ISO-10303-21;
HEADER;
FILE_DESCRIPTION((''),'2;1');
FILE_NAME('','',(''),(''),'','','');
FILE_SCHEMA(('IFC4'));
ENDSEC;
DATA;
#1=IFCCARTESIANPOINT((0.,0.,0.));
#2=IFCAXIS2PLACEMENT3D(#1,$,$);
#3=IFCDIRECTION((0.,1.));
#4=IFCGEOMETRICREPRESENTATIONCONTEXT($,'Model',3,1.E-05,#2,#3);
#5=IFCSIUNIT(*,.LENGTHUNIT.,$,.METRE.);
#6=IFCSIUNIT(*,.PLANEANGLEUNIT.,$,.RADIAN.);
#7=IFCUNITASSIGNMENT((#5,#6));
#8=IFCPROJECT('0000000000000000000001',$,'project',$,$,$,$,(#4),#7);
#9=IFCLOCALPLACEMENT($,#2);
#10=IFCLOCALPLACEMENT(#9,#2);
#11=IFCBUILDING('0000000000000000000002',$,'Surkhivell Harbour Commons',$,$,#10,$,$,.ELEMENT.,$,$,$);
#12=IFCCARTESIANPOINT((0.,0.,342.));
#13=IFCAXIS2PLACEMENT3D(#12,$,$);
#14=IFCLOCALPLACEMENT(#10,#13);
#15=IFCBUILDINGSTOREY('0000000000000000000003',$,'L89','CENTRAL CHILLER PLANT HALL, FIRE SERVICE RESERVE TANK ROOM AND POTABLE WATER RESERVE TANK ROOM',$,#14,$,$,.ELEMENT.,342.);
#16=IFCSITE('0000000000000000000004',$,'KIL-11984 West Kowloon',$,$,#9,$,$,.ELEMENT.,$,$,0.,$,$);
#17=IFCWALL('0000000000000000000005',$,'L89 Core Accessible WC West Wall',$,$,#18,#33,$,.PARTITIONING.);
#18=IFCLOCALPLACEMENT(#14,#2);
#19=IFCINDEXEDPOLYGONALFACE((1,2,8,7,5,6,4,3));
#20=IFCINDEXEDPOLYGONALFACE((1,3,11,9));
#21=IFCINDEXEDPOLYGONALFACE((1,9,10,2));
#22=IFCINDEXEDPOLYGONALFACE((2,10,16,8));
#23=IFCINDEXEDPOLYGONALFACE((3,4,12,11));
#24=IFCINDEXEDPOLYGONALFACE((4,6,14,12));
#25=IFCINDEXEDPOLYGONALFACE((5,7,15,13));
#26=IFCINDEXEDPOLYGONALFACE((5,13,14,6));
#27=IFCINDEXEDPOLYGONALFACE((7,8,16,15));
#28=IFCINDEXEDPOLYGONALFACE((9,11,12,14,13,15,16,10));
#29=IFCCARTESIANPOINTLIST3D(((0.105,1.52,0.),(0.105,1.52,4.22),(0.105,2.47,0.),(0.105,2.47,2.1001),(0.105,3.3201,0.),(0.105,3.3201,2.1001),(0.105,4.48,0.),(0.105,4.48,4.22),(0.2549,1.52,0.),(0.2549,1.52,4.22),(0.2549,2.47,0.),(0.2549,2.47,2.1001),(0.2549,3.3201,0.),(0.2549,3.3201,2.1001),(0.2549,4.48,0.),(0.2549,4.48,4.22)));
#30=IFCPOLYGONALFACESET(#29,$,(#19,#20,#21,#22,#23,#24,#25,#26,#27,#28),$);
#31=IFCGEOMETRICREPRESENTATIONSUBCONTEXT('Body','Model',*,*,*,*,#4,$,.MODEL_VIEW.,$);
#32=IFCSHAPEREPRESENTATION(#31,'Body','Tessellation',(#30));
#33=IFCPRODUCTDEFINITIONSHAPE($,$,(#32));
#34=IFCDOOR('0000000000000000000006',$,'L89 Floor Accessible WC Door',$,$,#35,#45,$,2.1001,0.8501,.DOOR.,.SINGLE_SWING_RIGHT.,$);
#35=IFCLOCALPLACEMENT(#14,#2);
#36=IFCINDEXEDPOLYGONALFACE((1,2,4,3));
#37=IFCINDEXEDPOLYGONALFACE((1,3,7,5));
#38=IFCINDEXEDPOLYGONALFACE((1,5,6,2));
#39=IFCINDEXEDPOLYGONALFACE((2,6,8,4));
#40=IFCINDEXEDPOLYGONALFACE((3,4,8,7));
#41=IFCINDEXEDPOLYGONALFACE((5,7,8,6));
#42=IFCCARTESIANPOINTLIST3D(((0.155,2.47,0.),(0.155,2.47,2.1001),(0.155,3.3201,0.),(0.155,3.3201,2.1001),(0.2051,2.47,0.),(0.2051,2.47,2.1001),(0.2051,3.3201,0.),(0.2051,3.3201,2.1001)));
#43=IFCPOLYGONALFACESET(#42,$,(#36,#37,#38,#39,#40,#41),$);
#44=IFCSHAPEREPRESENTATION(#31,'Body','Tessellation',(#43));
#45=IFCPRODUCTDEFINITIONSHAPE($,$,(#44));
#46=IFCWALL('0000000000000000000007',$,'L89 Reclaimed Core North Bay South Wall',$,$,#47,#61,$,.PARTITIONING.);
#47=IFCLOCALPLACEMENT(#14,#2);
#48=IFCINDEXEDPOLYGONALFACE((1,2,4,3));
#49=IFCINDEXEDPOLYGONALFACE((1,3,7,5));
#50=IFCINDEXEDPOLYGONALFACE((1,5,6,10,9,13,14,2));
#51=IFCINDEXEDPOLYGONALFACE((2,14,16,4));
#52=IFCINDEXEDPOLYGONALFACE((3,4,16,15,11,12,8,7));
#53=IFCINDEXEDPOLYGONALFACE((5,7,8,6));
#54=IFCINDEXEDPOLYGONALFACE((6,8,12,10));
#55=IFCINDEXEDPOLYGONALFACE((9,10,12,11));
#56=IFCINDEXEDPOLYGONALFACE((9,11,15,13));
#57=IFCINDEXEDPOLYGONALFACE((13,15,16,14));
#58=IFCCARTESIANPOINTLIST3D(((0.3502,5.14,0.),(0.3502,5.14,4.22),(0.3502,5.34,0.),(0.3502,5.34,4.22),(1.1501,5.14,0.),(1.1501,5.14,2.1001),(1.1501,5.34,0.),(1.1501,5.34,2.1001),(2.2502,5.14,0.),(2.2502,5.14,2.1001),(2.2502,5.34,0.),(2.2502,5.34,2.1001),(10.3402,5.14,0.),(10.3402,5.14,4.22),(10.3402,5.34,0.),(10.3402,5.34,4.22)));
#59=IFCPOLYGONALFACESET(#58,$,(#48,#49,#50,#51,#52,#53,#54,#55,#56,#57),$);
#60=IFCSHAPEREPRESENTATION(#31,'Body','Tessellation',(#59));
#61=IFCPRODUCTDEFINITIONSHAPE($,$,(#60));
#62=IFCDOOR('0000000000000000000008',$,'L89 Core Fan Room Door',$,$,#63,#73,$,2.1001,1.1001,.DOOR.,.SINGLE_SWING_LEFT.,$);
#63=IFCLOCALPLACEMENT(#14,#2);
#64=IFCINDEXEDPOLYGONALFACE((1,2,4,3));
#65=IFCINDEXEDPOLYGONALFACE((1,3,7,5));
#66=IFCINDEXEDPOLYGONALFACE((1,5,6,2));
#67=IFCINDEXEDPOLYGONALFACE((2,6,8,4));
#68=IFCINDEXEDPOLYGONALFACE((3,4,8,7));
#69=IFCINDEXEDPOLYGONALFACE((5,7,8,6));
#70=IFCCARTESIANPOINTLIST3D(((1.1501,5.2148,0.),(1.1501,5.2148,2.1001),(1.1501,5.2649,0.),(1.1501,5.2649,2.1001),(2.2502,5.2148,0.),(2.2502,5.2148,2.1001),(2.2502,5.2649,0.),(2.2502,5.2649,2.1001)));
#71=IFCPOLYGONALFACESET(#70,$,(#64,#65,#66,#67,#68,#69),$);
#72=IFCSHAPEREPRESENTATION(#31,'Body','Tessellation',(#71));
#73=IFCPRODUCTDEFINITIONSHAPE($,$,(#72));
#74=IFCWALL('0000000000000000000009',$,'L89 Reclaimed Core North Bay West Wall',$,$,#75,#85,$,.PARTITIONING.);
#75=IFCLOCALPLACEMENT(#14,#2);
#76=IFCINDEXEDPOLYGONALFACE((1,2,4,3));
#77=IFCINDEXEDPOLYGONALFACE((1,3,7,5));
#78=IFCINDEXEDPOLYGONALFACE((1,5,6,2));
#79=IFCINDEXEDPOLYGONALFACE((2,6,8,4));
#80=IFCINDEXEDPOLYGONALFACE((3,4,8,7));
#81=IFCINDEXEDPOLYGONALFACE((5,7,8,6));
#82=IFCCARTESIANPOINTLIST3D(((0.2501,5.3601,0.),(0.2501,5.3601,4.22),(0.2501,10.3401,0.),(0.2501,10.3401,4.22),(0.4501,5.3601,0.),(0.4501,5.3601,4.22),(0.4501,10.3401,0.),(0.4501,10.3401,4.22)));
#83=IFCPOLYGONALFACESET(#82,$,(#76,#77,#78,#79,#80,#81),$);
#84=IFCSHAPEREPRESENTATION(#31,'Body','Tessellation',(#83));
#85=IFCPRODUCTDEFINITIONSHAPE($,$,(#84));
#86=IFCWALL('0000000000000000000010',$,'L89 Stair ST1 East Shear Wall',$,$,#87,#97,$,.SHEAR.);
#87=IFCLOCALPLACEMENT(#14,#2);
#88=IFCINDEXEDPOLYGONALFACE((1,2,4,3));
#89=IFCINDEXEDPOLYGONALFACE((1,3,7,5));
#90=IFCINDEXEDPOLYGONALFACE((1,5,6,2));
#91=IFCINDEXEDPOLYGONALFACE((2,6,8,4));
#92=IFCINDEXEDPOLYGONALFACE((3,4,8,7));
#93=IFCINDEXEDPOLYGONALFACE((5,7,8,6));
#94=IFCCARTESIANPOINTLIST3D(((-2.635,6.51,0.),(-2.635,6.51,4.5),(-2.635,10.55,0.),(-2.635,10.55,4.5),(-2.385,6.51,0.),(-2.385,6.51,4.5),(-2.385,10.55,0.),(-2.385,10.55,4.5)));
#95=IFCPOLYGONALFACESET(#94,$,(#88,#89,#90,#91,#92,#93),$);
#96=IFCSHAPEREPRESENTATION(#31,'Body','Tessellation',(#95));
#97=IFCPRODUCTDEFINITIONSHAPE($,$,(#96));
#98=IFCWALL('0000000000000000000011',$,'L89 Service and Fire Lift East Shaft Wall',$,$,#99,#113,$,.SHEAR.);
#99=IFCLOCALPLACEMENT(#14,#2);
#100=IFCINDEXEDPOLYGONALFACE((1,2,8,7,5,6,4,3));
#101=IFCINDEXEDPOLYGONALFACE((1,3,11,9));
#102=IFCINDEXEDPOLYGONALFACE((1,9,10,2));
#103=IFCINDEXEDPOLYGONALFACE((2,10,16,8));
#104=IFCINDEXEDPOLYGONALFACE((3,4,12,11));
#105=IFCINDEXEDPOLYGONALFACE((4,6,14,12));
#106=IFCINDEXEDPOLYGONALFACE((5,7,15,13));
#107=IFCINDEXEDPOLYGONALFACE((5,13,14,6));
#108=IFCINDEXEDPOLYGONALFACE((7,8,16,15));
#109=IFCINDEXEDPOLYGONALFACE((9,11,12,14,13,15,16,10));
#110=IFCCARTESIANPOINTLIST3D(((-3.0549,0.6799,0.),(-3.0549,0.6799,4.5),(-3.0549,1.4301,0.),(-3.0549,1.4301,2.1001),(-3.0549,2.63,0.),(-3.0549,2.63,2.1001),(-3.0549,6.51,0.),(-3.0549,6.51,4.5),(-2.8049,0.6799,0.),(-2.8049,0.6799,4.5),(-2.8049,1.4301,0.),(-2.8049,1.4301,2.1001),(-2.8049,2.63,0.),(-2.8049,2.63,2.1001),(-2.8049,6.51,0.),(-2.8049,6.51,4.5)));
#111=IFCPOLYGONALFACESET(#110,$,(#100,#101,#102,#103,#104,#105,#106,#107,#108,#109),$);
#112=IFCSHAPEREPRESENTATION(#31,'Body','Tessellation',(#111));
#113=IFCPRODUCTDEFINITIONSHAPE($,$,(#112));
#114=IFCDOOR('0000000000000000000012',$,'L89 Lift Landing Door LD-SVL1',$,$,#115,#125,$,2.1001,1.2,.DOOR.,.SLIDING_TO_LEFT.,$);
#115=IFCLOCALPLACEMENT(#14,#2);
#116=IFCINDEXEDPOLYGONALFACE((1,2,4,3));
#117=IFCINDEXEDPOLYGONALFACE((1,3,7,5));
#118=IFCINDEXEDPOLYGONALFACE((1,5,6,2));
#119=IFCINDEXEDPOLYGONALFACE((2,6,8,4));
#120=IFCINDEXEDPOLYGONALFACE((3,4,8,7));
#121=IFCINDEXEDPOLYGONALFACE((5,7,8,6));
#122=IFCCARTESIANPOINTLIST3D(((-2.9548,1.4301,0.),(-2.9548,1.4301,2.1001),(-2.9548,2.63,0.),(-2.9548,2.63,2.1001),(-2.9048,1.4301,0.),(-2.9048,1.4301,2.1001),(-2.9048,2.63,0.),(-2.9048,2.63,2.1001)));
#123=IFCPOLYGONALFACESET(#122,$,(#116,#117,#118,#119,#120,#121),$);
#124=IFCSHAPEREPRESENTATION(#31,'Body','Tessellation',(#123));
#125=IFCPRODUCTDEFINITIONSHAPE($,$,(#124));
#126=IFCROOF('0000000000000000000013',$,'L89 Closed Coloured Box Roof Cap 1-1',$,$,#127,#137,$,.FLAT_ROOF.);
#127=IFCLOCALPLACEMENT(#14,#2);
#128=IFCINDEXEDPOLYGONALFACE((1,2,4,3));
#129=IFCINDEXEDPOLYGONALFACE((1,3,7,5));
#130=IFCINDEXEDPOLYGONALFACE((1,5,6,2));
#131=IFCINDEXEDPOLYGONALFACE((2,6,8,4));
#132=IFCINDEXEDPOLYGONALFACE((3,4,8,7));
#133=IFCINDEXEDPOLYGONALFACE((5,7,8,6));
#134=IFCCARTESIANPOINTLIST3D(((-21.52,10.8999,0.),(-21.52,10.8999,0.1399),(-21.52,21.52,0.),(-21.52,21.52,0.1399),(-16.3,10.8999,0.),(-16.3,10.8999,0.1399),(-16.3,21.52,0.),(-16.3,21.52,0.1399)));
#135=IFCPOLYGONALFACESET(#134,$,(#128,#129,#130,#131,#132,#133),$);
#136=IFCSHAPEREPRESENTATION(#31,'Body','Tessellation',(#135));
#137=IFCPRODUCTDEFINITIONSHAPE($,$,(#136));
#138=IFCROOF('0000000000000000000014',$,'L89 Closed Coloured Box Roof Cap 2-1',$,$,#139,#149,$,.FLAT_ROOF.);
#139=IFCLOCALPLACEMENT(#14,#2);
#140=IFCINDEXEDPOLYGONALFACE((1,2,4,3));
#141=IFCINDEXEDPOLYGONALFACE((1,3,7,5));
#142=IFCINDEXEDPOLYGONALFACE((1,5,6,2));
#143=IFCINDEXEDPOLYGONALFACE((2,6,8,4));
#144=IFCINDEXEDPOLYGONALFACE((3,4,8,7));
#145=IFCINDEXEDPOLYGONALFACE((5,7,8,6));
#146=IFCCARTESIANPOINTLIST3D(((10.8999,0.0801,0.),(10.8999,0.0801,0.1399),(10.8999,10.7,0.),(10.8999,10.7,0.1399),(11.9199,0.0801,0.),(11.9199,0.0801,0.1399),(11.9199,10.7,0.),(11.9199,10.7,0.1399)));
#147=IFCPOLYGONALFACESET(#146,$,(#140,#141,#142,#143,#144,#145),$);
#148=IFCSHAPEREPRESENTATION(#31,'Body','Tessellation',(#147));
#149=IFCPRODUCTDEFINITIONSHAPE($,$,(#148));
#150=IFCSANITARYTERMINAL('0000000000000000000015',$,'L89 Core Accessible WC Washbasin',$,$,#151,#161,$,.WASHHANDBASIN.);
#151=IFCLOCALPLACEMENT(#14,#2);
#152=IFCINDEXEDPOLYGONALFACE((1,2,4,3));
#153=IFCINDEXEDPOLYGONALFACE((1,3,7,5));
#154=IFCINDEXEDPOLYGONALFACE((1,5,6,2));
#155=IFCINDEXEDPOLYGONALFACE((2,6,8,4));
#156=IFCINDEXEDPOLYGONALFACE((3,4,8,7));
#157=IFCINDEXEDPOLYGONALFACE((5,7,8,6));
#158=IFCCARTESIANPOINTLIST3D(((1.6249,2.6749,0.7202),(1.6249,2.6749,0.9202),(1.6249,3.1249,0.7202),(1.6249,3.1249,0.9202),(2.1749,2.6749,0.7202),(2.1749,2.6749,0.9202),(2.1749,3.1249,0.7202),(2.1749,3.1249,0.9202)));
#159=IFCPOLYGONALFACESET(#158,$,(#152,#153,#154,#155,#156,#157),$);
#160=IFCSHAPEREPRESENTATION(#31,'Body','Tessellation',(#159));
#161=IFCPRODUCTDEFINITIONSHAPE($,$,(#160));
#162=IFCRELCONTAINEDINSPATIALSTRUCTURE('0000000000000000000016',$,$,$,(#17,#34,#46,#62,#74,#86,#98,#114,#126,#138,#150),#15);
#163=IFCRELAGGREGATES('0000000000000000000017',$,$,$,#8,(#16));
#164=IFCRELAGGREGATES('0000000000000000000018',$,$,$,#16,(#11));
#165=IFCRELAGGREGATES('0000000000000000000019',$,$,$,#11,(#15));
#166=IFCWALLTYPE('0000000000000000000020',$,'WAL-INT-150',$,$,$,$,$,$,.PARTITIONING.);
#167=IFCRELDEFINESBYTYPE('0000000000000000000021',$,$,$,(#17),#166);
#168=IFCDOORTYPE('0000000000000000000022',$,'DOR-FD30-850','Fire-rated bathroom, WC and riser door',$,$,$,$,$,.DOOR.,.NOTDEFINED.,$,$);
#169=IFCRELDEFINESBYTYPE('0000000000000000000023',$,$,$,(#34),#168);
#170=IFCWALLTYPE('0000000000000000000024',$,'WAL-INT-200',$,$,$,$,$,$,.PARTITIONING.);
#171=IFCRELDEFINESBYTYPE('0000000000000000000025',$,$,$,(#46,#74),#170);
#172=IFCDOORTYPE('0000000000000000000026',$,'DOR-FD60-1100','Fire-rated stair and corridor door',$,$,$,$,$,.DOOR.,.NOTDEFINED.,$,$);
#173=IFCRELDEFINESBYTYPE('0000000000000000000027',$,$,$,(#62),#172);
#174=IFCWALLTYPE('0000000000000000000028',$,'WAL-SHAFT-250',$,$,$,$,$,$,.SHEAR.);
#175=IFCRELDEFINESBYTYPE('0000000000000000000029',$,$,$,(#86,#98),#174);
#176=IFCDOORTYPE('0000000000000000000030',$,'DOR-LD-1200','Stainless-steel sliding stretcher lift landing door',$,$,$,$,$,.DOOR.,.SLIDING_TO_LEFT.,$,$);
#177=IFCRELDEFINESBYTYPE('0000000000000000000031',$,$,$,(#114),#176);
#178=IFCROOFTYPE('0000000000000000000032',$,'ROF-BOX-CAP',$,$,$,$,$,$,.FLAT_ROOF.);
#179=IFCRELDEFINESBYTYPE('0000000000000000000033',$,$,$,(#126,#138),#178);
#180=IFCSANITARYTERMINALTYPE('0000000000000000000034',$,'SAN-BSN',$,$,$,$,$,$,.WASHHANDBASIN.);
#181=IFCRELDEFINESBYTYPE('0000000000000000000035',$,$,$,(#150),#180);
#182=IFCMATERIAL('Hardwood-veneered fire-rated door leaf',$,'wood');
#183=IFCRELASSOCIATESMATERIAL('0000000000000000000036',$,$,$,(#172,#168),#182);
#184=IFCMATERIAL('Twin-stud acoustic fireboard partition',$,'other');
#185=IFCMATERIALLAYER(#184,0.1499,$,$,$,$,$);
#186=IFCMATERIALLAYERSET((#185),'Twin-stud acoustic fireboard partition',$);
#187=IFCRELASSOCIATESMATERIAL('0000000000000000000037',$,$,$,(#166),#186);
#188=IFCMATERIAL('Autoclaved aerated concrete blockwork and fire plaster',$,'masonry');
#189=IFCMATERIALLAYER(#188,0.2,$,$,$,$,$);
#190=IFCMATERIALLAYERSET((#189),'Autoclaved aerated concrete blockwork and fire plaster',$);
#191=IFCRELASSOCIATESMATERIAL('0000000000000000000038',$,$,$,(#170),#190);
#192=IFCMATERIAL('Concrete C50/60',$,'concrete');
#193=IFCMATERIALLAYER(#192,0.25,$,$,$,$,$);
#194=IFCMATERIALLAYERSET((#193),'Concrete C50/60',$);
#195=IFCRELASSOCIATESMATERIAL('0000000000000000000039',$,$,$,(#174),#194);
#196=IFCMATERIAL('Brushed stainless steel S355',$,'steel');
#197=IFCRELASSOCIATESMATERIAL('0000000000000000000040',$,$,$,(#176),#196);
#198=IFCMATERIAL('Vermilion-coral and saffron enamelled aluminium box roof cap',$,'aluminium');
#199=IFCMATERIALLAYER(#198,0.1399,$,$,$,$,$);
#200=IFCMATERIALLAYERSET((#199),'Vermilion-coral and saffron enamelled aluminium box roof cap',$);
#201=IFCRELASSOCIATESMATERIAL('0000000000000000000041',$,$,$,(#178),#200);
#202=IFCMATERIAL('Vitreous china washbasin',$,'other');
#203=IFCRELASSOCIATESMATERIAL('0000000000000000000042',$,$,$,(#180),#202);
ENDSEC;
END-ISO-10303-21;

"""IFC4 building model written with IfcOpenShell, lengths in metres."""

from ifc_helpers import new_model, si_unit, direction, frame, frame_2d, origin, origin_2d, place, context, subcontext, project, spatial, polyline, rectangle, outline, extrude, material, layer, layer_set, type_object, element, fill, save


model = new_model("IFC4")

# Units and contexts
model_context = context("Model", 3, precision=1e-05, world=origin(), true_north=direction((0.0, 1.0)))
body_context = subcontext(model_context, "Body", "Model", "MODEL_VIEW")
ifc_project = project(units=[si_unit("LENGTHUNIT", "METRE"), si_unit("PLANEANGLEUNIT", "RADIAN")], contexts=[model_context])

# Site, building, storey
site_placement = place(None, origin())
site = spatial("IfcSite", under=ifc_project, at=site_placement, Name="KIL-11984 West Kowloon", CompositionType="ELEMENT", RefElevation=0.0)
building_placement = place(site_placement, origin())
building = spatial("IfcBuilding", under=site, at=building_placement, Name="Surkhivell Harbour Commons", CompositionType="ELEMENT")
storey_placement = place(building_placement, frame((0.0, 0.0, 342.0)))
storey = spatial("IfcBuildingStorey", under=building, at=storey_placement, Name="L89", Description="CENTRAL CHILLER PLANT HALL, FIRE SERVICE RESERVE TANK ROOM AND POTABLE WATER RESERVE TANK ROOM", CompositionType="ELEMENT", Elevation=342.0)

# Shared definitions
ifc_material_1 = material(Name="Concrete C50/60", Category="concrete")
ifc_material_2 = material(Name="Hardwood-veneered fire-rated door leaf", Category="wood")
door_type_1 = type_object("IfcDoorType", Name="DOR-FD60-1100", Description="Fire-rated stair and corridor door", OperationType="NOTDEFINED", PredefinedType="DOOR", material=ifc_material_2)

# Shared definitions
ifc_material_3 = material(Name="Twin-stud acoustic fireboard partition", Category="other")
ifc_layer_1 = layer(ifc_material_3, 0.1499)
ifc_layer_set_1 = layer_set([ifc_layer_1], Name="Twin-stud acoustic fireboard partition")
wall_type_1 = type_object("IfcWallType", Name="WAL-INT-150", PredefinedType="PARTITIONING", material=ifc_layer_set_1)

# Walls, openings, doors
wall_1_placement = place(storey_placement, frame((0.1799, 1.52, 0.0), z_axis=(0.0, 0.0, 1.0), x_axis=(0.0, 1.0, 0.0)))
wall_1 = element("IfcWall", 1, at=wall_1_placement, inside=storey, type_object=wall_type_1, Name="L89 Core Accessible WC West Wall", PredefinedType="PARTITIONING", context=body_context, shape_type="SweptSolid", body=[
    extrude(rectangle(XDim=2.96, YDim=0.1499, at=frame_2d((1.48, 0.0))), origin(), (0.0, 0.0, 1.0), 4.22),
])
opening_1_placement = place(wall_1_placement, frame((0.95, 0.0, 0.0)))
opening_1 = element("IfcOpeningElement", 2, at=opening_1_placement, cuts=wall_1, PredefinedType="OPENING", context=body_context, shape_type="SweptSolid", body=[
    extrude(rectangle(XDim=0.8501, YDim=2.1001, at=frame_2d((0.425, 1.05))), frame((0.0, 0.085, 0.0), z_axis=(0.0, -1.0, 0.0), x_axis=(1.0, 0.0, 0.0)), (0.0, 0.0, 1.0), 0.1699),
])
door_type_2 = type_object("IfcDoorType", Name="DOR-FD30-850", Description="Fire-rated bathroom, WC and riser door", OperationType="NOTDEFINED", PredefinedType="DOOR", material=ifc_material_2)
door_1_placement = place(opening_1_placement, origin())
door_1 = element("IfcDoor", 3, at=door_1_placement, inside=storey, type_object=door_type_2, Name="L89 Floor Accessible WC Door", OperationType="SINGLE_SWING_RIGHT", OverallHeight=2.1001, OverallWidth=0.8501, PredefinedType="DOOR", context=body_context, shape_type="SweptSolid", body=[
    extrude(rectangle(XDim=0.8501, YDim=2.1001, at=frame_2d((0.425, 1.05))), frame((0.0, 0.0249, 0.0), z_axis=(0.0, -1.0, 0.0), x_axis=(1.0, 0.0, 0.0)), (0.0, 0.0, 1.0), 0.05),
])
fill(opening_1, door_1)
ifc_material_4 = material(Name="Autoclaved aerated concrete blockwork and fire plaster", Category="masonry")
ifc_layer_2 = layer(ifc_material_4, 0.2)
ifc_layer_set_2 = layer_set([ifc_layer_2], Name="Autoclaved aerated concrete blockwork and fire plaster")
wall_type_2 = type_object("IfcWallType", Name="WAL-INT-200", PredefinedType="PARTITIONING", material=ifc_layer_set_2)
wall_2_placement = place(storey_placement, frame((0.3501, 5.24, 0.0), z_axis=(0.0, 0.0, 1.0), x_axis=(1.0, 0.0, 0.0)))
wall_2 = element("IfcWall", 4, at=wall_2_placement, inside=storey, type_object=wall_type_2, Name="L89 Reclaimed Core North Bay South Wall", PredefinedType="PARTITIONING", context=body_context, shape_type="SweptSolid", body=[
    extrude(rectangle(XDim=9.99, YDim=0.2, at=frame_2d((4.9951, 0.0))), origin(), (0.0, 0.0, 1.0), 4.22),
])
opening_2_placement = place(wall_2_placement, frame((0.8, 0.0, 0.0)))
opening_2 = element("IfcOpeningElement", 5, at=opening_2_placement, cuts=wall_2, PredefinedType="OPENING", context=body_context, shape_type="SweptSolid", body=[
    extrude(rectangle(XDim=1.1001, YDim=2.1001, at=frame_2d((0.55, 1.05))), frame((0.0, 0.1099, 0.0), z_axis=(0.0, -1.0, 0.0), x_axis=(1.0, 0.0, 0.0)), (0.0, 0.0, 1.0), 0.22),
])
door_2_placement = place(opening_2_placement, origin())
door_2 = element("IfcDoor", 6, at=door_2_placement, inside=storey, type_object=door_type_1, Name="L89 Core Fan Room Door", OperationType="SINGLE_SWING_LEFT", OverallHeight=2.1001, OverallWidth=1.1001, PredefinedType="DOOR", context=body_context, shape_type="SweptSolid", body=[
    extrude(rectangle(XDim=1.1001, YDim=2.1001, at=frame_2d((0.55, 1.05))), frame((0.0, 0.0249, 0.0), z_axis=(0.0, -1.0, 0.0), x_axis=(1.0, 0.0, 0.0)), (0.0, 0.0, 1.0), 0.05),
])
fill(opening_2, door_2)

# Walls
wall_3_placement = place(storey_placement, frame((0.3501, 5.3601, 0.0), z_axis=(0.0, 0.0, 1.0), x_axis=(0.0, 1.0, 0.0)))
element("IfcWall", 7, at=wall_3_placement, inside=storey, type_object=wall_type_2, Name="L89 Reclaimed Core North Bay West Wall", PredefinedType="PARTITIONING", context=body_context, shape_type="SweptSolid", body=[
    extrude(rectangle(XDim=4.98, YDim=0.2, at=frame_2d((2.49, 0.0))), origin(), (0.0, 0.0, 1.0), 4.22),
])
ifc_layer_3 = layer(ifc_material_1, 0.25)
ifc_layer_set_3 = layer_set([ifc_layer_3], Name="Concrete C50/60")
wall_type_3 = type_object("IfcWallType", Name="WAL-SHAFT-250", PredefinedType="SHEAR", material=ifc_layer_set_3)
wall_4_placement = place(storey_placement, frame((-2.51, 6.51, 0.0), z_axis=(0.0, 0.0, 1.0), x_axis=(0.0, 1.0, 0.0)))
element("IfcWall", 8, at=wall_4_placement, inside=storey, type_object=wall_type_3, Name="L89 Stair ST1 East Shear Wall", PredefinedType="SHEAR", context=body_context, shape_type="SweptSolid", body=[
    extrude(rectangle(XDim=4.04, YDim=0.25, at=frame_2d((2.02, 0.0))), origin(), (0.0, 0.0, 1.0), 4.5),
])

# Wall, opening, door
wall_5_placement = place(storey_placement, frame((-2.9299, 0.6799, 0.0), z_axis=(0.0, 0.0, 1.0), x_axis=(0.0, 1.0, 0.0)))
wall_5 = element("IfcWall", 9, at=wall_5_placement, inside=storey, type_object=wall_type_3, Name="L89 Service and Fire Lift East Shaft Wall", PredefinedType="SHEAR", context=body_context, shape_type="SweptSolid", body=[
    extrude(rectangle(XDim=5.8301, YDim=0.25, at=frame_2d((2.915, 0.0))), origin(), (0.0, 0.0, 1.0), 4.5),
])
opening_3_placement = place(wall_5_placement, frame((0.75, 0.0, 0.0)))
opening_3 = element("IfcOpeningElement", 10, at=opening_3_placement, cuts=wall_5, PredefinedType="OPENING", context=body_context, shape_type="SweptSolid", body=[
    extrude(rectangle(XDim=1.2, YDim=2.1001, at=frame_2d((0.6001, 1.05))), frame((0.0, 0.135, 0.0), z_axis=(0.0, -1.0, 0.0), x_axis=(1.0, 0.0, 0.0)), (0.0, 0.0, 1.0), 0.27),
])
ifc_material_5 = material(Name="Brushed stainless steel S355", Category="steel")
door_type_3 = type_object("IfcDoorType", Name="DOR-LD-1200", Description="Stainless-steel sliding stretcher lift landing door", OperationType="SLIDING_TO_LEFT", PredefinedType="DOOR", material=ifc_material_5)
door_3_placement = place(opening_3_placement, origin())
door_3 = element("IfcDoor", 11, at=door_3_placement, inside=storey, type_object=door_type_3, Name="L89 Lift Landing Door LD-SVL1", OperationType="SLIDING_TO_LEFT", OverallHeight=2.1001, OverallWidth=1.2, PredefinedType="DOOR", context=body_context, shape_type="SweptSolid", body=[
    extrude(rectangle(XDim=1.2, YDim=2.1001, at=frame_2d((0.6001, 1.05))), frame((0.0, 0.0249, 0.0), z_axis=(0.0, -1.0, 0.0), x_axis=(1.0, 0.0, 0.0)), (0.0, 0.0, 1.0), 0.05),
])
fill(opening_3, door_3)

# Roofs
ifc_material_6 = material(Name="Vermilion-coral and saffron enamelled aluminium box roof cap", Category="aluminium")
ifc_layer_4 = layer(ifc_material_6, 0.1399)
ifc_layer_set_4 = layer_set([ifc_layer_4], Name="Vermilion-coral and saffron enamelled aluminium box roof cap")
roof_type = type_object("IfcRoofType", Name="ROF-BOX-CAP", PredefinedType="FLAT_ROOF", material=ifc_layer_set_4)
roof_1_placement = place(storey_placement, origin())
element("IfcRoof", 12, at=roof_1_placement, inside=storey, type_object=roof_type, Name="L89 Closed Coloured Box Roof Cap 1-1", PredefinedType="FLAT_ROOF", context=body_context, shape_type="SweptSolid", body=[
    extrude(outline(polyline([(-21.52, 10.8999), (-16.3, 10.8999), (-16.3, 21.52), (-21.52, 21.52), (-21.52, 10.8999)])), origin(), (0.0, 0.0, 1.0), 0.1399),
])
roof_2_placement = place(storey_placement, origin())
element("IfcRoof", 13, at=roof_2_placement, inside=storey, type_object=roof_type, Name="L89 Closed Coloured Box Roof Cap 2-1", PredefinedType="FLAT_ROOF", context=body_context, shape_type="SweptSolid", body=[
    extrude(outline(polyline([(10.8999, 10.7), (10.8999, 0.0801), (11.9199, 0.0801), (11.9199, 10.7), (10.8999, 10.7)])), origin(), (0.0, 0.0, 1.0), 0.1399),
])

# Sanitary terminal
ifc_material_7 = material(Name="Vitreous china washbasin", Category="other")
sanitary_terminal_type_1 = type_object("IfcSanitaryTerminalType", Name="SAN-BSN", PredefinedType="WASHHANDBASIN", material=ifc_material_7)
sanitary_terminal_1_placement = place(storey_placement, frame((1.8999, 2.8999, 0.7202), z_axis=(0.0, 0.0, 1.0), x_axis=(1.0, 0.0, 0.0)))
element("IfcSanitaryTerminal", 14, at=sanitary_terminal_1_placement, inside=storey, type_object=sanitary_terminal_type_1, Name="L89 Core Accessible WC Washbasin", PredefinedType="WASHHANDBASIN", context=body_context, shape_type="SweptSolid", body=[
    extrude(rectangle(XDim=0.55, YDim=0.45, at=origin_2d()), origin(), (0.0, 0.0, 1.0), 0.2),
])

save(model, "model.ifc")
